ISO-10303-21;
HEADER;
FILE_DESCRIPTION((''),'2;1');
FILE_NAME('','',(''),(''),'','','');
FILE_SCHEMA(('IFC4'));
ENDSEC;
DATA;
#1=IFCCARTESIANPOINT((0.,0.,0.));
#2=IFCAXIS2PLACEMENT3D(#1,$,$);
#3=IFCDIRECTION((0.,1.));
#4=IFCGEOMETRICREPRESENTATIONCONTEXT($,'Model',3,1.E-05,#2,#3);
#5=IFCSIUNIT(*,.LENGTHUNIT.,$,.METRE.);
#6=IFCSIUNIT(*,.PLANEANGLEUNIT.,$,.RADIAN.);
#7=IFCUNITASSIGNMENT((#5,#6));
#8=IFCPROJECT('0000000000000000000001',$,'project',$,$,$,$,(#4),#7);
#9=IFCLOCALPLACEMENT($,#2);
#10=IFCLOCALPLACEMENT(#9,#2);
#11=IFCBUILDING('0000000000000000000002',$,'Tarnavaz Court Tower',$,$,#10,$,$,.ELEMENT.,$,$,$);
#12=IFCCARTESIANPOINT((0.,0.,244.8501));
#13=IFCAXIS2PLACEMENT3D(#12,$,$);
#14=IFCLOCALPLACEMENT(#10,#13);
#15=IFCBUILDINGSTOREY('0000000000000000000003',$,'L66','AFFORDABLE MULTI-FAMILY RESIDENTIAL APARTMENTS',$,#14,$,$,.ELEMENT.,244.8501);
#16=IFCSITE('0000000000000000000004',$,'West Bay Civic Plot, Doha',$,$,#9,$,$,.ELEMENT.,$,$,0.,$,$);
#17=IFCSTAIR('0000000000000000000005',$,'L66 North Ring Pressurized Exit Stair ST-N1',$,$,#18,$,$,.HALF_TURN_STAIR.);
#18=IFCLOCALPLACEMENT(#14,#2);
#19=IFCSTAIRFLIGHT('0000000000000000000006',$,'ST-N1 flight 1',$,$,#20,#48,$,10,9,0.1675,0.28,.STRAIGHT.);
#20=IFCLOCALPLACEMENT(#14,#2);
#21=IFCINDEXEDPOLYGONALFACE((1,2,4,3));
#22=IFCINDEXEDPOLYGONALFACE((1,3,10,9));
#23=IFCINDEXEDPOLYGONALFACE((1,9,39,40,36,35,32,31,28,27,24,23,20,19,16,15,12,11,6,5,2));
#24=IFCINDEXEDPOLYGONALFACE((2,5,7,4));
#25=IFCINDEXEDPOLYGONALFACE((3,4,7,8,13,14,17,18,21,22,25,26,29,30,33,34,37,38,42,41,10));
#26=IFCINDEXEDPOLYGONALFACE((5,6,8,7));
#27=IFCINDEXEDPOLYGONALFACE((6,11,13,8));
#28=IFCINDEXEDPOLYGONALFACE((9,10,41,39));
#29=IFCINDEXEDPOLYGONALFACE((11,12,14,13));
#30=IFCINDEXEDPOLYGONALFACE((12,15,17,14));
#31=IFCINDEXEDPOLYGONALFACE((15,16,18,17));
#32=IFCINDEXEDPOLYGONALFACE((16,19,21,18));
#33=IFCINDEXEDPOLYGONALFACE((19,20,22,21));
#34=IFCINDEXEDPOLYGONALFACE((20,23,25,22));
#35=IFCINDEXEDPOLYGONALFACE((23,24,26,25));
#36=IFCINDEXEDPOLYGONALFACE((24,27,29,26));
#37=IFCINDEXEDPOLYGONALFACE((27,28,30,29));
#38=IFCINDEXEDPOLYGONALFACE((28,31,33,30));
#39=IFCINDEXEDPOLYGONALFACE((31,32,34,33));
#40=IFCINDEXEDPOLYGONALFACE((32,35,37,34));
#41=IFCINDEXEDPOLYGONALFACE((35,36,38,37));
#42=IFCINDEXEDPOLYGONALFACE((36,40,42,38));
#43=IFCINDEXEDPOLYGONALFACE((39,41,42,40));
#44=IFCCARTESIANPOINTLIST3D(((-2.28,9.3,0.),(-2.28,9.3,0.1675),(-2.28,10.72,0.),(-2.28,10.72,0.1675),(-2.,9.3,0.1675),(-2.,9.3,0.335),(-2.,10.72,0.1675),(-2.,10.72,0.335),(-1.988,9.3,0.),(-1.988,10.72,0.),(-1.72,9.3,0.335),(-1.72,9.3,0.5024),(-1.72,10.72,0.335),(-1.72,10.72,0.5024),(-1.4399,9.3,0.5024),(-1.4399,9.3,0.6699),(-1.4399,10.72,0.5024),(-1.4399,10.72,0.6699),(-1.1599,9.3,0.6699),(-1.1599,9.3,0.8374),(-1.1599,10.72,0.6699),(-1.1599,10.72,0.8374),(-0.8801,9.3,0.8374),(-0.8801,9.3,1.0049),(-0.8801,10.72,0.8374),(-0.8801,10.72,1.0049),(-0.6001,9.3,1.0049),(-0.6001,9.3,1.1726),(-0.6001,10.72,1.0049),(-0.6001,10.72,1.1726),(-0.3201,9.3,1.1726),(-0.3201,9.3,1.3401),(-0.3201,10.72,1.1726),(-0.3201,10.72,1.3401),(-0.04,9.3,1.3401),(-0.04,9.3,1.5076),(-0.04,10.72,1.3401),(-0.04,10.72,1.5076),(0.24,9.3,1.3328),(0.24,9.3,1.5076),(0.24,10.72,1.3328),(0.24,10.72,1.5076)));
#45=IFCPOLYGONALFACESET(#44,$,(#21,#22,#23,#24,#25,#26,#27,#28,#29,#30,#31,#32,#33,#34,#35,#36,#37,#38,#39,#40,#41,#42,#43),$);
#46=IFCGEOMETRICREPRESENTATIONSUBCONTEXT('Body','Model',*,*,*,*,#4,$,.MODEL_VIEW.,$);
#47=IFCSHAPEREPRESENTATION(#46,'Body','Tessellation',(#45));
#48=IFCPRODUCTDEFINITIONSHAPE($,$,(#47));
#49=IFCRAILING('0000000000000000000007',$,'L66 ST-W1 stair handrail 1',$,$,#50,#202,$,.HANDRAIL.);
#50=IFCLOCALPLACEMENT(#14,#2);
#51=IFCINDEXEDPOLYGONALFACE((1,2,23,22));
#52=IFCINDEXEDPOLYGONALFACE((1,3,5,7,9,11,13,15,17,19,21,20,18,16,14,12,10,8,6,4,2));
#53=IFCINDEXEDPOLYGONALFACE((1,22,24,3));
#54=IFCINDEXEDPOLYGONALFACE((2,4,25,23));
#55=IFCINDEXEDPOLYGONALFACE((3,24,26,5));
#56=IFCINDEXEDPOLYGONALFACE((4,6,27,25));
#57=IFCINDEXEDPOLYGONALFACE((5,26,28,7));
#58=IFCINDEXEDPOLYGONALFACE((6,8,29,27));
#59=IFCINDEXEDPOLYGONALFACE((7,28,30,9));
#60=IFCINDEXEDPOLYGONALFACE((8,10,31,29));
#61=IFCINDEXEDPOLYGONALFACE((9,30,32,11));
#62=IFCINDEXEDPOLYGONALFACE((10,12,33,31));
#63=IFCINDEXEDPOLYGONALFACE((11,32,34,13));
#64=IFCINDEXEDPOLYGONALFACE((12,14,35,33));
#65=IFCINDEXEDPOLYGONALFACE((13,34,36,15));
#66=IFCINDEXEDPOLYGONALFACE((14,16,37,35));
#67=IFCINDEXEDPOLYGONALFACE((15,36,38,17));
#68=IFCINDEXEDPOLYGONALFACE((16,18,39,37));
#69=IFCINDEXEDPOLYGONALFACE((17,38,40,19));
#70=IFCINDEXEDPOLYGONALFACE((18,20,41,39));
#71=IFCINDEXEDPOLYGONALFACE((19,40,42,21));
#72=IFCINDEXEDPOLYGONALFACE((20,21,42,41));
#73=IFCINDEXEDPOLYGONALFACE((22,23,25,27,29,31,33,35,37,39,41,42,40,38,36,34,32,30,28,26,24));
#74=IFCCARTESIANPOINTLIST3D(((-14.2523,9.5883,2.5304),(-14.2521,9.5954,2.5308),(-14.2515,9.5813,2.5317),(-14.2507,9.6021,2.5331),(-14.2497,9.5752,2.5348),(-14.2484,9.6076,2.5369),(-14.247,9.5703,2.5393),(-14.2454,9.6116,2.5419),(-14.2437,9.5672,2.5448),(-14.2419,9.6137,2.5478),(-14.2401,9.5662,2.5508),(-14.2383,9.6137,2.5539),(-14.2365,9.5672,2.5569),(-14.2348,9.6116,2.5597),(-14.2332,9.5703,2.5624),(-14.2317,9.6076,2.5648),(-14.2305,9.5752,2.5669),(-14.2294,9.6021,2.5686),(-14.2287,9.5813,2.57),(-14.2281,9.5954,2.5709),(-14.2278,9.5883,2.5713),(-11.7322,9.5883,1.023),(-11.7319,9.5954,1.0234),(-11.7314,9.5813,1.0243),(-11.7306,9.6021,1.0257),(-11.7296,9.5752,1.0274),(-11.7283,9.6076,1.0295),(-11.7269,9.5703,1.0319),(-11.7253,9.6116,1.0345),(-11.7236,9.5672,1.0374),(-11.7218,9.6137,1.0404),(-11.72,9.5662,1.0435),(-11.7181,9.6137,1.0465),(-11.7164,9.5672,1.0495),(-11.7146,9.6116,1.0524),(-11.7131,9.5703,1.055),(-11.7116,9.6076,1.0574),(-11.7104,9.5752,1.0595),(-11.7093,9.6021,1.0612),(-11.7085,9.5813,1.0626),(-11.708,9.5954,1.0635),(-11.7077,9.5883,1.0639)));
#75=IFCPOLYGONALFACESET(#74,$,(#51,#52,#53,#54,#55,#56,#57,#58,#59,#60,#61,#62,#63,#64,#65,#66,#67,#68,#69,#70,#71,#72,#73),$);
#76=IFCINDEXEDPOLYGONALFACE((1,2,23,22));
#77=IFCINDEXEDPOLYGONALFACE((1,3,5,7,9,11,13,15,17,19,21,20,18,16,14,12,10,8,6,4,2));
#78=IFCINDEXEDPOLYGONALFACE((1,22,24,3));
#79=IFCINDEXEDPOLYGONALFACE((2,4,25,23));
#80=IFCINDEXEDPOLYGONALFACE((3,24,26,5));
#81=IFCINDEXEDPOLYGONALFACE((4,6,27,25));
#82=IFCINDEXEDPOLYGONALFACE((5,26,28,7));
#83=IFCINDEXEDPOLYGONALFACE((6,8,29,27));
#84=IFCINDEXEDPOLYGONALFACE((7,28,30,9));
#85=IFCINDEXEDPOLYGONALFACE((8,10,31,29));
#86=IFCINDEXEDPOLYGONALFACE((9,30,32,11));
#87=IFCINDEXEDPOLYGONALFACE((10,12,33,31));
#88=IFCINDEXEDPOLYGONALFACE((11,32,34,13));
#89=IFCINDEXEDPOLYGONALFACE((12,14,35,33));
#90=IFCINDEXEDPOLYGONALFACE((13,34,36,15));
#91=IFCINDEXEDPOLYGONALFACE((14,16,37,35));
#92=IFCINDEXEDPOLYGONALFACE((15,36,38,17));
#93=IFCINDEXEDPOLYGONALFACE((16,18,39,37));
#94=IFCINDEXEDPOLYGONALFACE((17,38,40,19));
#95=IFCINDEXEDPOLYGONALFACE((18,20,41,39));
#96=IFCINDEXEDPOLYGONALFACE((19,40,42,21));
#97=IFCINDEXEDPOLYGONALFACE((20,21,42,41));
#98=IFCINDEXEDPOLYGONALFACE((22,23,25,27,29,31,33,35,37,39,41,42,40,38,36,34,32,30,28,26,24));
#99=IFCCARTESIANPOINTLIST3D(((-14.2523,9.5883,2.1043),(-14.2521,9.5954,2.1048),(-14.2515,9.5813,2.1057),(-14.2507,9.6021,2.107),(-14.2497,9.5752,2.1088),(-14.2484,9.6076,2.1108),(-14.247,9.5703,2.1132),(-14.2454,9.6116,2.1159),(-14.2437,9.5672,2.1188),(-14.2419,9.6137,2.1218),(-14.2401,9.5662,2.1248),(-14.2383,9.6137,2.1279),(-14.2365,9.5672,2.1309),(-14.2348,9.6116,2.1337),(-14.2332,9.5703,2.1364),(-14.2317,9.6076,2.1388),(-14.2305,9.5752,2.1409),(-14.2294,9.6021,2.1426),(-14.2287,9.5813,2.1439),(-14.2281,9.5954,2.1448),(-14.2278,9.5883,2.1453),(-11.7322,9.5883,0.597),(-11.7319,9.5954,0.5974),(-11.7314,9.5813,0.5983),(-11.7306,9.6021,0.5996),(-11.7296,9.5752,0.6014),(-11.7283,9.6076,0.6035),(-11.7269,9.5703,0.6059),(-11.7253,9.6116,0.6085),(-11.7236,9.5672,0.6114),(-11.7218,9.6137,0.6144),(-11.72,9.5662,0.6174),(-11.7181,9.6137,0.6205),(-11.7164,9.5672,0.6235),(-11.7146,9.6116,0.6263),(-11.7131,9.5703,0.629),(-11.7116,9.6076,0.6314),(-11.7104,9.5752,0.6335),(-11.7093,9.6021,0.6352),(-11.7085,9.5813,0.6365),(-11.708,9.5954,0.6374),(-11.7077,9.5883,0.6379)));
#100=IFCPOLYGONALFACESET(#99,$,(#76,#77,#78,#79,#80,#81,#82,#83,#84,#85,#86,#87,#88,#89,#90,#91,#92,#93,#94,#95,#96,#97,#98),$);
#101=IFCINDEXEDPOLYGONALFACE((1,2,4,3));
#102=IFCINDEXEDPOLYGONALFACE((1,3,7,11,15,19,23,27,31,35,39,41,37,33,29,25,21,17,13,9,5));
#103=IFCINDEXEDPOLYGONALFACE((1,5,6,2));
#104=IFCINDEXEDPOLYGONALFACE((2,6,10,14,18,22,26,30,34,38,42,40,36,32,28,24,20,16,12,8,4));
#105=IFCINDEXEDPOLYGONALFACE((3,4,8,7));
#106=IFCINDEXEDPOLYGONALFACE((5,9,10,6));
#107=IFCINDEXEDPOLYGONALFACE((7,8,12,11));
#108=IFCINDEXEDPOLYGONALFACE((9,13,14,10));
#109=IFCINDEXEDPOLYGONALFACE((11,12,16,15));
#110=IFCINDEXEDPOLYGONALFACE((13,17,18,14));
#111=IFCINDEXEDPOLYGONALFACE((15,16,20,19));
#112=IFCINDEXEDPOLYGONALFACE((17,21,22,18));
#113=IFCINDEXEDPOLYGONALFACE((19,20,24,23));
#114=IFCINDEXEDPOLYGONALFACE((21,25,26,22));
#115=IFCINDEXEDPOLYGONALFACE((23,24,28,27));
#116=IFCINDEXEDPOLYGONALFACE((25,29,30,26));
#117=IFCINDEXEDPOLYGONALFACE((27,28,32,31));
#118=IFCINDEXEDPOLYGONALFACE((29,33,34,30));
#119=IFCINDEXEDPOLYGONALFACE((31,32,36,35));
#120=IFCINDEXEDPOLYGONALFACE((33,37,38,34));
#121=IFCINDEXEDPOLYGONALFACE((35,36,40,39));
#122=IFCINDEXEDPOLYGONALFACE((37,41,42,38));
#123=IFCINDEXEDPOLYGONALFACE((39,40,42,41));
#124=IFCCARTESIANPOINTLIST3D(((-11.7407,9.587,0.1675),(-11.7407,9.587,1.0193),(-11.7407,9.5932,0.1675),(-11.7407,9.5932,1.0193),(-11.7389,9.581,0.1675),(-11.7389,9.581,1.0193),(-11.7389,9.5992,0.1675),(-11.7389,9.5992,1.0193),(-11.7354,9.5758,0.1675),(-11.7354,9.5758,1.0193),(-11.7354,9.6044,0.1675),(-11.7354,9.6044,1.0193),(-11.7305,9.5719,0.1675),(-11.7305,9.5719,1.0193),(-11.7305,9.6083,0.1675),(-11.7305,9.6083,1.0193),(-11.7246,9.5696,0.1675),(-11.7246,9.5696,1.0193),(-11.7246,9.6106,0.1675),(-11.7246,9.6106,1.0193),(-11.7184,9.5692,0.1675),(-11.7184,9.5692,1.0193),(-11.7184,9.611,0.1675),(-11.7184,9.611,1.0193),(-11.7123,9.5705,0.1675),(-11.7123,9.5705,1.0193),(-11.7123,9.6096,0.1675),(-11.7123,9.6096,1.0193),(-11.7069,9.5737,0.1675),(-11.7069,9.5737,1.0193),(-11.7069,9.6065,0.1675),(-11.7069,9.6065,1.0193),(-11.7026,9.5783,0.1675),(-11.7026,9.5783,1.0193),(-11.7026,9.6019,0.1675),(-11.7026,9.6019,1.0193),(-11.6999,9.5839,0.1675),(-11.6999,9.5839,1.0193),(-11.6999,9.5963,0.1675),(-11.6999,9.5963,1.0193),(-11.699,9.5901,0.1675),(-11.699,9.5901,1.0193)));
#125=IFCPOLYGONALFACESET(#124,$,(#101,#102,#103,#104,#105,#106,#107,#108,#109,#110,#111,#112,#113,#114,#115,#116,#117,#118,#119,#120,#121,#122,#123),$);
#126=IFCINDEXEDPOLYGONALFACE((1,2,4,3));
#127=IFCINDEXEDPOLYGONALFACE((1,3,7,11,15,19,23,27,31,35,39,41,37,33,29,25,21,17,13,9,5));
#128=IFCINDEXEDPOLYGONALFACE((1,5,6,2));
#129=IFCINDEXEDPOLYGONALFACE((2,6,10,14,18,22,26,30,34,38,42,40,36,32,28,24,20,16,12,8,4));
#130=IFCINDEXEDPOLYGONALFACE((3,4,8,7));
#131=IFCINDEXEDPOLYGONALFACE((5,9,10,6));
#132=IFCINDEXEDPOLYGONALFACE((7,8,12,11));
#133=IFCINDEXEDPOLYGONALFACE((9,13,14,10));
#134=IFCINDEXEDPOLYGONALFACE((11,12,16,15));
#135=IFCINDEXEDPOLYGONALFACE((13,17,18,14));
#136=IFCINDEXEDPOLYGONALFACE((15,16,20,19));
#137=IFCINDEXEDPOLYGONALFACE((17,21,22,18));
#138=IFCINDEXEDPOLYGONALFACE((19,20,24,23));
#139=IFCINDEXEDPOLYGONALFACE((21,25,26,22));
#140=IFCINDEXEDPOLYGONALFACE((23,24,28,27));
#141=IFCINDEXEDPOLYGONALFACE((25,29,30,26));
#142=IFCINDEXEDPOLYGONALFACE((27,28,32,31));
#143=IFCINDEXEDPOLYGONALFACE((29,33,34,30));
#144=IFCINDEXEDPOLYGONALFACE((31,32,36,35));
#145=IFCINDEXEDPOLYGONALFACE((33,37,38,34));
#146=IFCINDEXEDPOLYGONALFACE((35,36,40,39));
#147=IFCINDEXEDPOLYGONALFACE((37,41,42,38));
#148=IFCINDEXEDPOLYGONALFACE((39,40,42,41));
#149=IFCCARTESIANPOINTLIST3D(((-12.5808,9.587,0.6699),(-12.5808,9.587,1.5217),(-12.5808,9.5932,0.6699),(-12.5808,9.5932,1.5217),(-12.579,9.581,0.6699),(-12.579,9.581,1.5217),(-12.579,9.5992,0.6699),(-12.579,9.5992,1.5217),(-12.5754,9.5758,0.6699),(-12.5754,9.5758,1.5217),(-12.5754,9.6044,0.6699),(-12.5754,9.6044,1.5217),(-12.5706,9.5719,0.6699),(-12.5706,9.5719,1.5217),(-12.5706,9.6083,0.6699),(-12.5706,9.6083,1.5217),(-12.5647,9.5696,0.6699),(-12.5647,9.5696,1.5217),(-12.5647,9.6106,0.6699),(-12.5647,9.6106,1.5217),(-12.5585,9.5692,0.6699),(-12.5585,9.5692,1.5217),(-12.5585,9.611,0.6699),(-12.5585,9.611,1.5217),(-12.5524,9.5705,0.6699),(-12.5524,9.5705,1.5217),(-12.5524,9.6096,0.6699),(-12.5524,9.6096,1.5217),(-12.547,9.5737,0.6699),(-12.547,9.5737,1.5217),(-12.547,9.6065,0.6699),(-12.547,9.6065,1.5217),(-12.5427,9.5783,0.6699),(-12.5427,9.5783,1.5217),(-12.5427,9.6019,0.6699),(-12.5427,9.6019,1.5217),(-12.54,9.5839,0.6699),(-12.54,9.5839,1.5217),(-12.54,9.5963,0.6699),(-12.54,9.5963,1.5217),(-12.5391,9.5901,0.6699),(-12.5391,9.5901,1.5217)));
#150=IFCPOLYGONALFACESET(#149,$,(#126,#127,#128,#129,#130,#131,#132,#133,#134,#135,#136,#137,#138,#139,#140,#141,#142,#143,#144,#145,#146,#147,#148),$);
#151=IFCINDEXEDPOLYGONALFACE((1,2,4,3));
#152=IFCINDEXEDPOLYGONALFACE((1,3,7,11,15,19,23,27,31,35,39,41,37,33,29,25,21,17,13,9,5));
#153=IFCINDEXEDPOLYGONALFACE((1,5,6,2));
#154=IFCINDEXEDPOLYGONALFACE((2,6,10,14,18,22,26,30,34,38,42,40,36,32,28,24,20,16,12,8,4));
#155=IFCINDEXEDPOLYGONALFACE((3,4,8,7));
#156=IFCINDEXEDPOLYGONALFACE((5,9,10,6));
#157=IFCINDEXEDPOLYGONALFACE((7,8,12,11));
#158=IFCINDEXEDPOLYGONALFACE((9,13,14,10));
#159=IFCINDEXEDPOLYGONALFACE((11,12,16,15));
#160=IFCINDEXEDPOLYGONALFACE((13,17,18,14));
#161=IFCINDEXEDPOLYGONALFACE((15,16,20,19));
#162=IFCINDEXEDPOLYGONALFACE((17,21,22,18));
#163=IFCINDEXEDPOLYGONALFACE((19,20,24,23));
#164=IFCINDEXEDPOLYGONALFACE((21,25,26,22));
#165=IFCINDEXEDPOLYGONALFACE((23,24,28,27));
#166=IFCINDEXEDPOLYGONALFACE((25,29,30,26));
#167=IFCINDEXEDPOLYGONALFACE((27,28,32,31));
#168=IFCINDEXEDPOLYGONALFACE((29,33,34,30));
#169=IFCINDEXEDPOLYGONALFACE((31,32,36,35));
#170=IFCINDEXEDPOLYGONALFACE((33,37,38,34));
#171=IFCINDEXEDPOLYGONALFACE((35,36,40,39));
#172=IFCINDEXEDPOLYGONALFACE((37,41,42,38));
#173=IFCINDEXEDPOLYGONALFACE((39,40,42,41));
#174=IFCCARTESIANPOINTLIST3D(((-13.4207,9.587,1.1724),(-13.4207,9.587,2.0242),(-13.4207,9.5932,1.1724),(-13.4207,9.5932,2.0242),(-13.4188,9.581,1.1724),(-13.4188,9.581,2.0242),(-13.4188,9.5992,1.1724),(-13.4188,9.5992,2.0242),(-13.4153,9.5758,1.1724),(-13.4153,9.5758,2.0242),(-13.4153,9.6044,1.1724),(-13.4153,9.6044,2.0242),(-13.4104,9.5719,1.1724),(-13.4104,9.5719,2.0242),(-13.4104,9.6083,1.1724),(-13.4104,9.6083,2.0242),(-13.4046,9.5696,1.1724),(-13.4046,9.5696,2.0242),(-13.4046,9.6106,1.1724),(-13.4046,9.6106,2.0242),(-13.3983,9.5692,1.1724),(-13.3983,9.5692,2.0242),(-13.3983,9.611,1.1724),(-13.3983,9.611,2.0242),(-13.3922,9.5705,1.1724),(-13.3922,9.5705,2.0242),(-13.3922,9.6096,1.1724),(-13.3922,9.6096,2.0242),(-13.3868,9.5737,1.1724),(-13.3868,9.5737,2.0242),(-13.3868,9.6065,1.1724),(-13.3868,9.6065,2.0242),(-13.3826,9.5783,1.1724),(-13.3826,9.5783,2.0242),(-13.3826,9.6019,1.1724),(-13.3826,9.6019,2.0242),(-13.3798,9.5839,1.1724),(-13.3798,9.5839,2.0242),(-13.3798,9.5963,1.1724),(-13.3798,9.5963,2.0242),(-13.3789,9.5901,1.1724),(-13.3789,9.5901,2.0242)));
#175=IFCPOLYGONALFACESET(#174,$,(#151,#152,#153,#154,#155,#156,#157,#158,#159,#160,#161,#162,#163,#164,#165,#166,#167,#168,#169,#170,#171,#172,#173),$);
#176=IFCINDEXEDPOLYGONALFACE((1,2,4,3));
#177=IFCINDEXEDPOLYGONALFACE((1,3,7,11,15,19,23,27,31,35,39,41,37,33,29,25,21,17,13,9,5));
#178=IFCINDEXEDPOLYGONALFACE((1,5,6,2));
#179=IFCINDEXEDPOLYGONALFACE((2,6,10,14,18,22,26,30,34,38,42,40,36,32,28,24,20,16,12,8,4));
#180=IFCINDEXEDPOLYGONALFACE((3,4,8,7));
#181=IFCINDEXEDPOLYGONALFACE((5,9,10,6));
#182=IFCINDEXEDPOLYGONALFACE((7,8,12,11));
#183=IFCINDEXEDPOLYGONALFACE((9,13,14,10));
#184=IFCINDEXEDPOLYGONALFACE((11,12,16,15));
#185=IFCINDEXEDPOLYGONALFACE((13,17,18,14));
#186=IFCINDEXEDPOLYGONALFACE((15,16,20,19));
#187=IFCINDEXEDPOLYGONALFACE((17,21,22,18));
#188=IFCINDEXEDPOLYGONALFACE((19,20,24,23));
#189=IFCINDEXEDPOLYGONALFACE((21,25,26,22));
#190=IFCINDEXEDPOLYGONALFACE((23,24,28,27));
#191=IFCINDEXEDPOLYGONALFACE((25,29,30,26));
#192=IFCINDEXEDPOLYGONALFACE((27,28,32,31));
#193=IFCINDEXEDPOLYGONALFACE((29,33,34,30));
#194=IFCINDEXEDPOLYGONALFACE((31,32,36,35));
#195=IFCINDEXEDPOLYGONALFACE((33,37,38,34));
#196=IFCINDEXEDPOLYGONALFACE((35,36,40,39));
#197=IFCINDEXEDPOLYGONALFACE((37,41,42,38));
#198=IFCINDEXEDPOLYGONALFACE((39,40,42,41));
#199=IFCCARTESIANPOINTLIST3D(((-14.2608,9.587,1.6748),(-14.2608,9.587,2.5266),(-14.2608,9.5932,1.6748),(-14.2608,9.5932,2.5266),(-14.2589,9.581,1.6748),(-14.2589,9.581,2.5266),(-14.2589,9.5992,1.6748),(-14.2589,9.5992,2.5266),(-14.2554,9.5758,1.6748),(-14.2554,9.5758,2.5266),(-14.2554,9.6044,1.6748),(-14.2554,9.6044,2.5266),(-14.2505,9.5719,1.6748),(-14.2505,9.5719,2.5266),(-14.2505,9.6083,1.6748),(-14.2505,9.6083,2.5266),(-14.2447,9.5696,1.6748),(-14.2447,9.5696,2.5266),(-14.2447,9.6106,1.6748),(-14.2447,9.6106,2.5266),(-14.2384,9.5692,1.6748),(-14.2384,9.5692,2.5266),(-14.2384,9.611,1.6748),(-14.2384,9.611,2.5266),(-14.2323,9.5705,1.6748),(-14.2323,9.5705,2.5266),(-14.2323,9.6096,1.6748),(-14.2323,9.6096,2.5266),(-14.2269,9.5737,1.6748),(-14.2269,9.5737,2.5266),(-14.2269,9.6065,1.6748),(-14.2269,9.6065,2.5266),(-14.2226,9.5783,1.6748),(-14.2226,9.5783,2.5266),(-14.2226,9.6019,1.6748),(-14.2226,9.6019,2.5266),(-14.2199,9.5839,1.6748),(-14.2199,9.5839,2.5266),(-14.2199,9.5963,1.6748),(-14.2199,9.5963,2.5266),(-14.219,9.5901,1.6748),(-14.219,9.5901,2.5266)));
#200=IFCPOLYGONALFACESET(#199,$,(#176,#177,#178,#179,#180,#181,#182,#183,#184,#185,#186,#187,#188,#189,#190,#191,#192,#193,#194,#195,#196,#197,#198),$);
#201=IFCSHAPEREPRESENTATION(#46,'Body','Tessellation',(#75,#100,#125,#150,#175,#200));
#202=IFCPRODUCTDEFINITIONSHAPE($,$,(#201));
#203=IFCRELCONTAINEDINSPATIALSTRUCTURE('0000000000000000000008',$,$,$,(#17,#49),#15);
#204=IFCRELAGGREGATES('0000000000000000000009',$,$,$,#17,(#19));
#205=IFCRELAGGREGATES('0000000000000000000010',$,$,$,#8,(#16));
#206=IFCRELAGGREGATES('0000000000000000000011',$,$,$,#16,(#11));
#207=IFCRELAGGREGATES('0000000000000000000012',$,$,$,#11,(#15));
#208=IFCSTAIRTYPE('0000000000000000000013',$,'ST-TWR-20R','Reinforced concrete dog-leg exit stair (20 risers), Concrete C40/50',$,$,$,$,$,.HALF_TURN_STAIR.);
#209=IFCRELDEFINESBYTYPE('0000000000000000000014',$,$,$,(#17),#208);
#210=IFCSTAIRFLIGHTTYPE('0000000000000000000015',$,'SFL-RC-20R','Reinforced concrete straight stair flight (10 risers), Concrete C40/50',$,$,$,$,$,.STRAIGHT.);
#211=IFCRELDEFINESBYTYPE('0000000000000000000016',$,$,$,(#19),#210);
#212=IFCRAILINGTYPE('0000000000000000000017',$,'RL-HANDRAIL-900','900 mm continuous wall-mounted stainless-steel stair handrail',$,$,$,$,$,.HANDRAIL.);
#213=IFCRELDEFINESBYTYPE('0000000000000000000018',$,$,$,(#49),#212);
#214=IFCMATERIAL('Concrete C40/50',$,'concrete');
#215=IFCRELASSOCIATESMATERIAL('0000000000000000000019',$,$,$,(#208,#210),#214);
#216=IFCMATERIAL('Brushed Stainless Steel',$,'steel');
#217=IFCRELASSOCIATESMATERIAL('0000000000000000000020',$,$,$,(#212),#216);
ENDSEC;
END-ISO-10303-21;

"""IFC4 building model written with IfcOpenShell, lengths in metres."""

from ifc_helpers import new_model, si_unit, direction, frame, origin, origin_2d, place, context, subcontext, project, spatial, polyline, circle, outline, extrude, material, type_object, element, aggregate, save


model = new_model("IFC4")

# Units and contexts
model_context = context("Model", 3, precision=1e-05, world=origin(), true_north=direction((0.0, 1.0)))
body_context = subcontext(model_context, "Body", "Model", "MODEL_VIEW")
ifc_project = project(units=[si_unit("LENGTHUNIT", "METRE"), si_unit("PLANEANGLEUNIT", "RADIAN")], contexts=[model_context])

# Site, building, storey
site_placement = place(None, origin())
site = spatial("IfcSite", under=ifc_project, at=site_placement, Name="West Bay Civic Plot, Doha", CompositionType="ELEMENT", RefElevation=0.0)
building_placement = place(site_placement, origin())
building = spatial("IfcBuilding", under=site, at=building_placement, Name="Tarnavaz Court Tower", CompositionType="ELEMENT")
storey_placement = place(building_placement, frame((0.0, 0.0, 244.8501)))
storey = spatial("IfcBuildingStorey", under=building, at=storey_placement, Name="L66", Description="AFFORDABLE MULTI-FAMILY RESIDENTIAL APARTMENTS", CompositionType="ELEMENT", Elevation=244.8501)

# Stair, stair flight
ifc_material_1 = material(Name="Concrete C40/50", Category="concrete")
stair_type = type_object("IfcStairType", Name="ST-TWR-20R", Description="Reinforced concrete dog-leg exit stair (20 risers), Concrete C40/50", PredefinedType="HALF_TURN_STAIR", material=ifc_material_1)
stair_flight_type = type_object("IfcStairFlightType", Name="SFL-RC-20R", Description="Reinforced concrete straight stair flight (10 risers), Concrete C40/50", PredefinedType="STRAIGHT", material=ifc_material_1)
stair_1_placement = place(storey_placement, origin())
stair_1 = element("IfcStair", 1, at=stair_1_placement, inside=storey, type_object=stair_type, Name="L66 North Ring Pressurized Exit Stair ST-N1", PredefinedType="HALF_TURN_STAIR")
stair_flight_1_placement = place(storey_placement, frame((-2.28, 10.01, 0.0), z_axis=(0.0, 0.0, 1.0), x_axis=(1.0, 0.0, 0.0)))
stair_flight_1 = element("IfcStairFlight", 2, at=stair_flight_1_placement, type_object=stair_flight_type, Name="ST-N1 flight 1", NumberOfRisers=10, NumberOfTreads=9, PredefinedType="STRAIGHT", RiserHeight=0.1675, TreadLength=0.28, context=body_context, shape_type="SweptSolid", body=[
    extrude(outline(polyline([(0.0, 0.0), (0.0, 0.1675), (0.28, 0.1675), (0.28, 0.335), (0.5601, 0.335), (0.5601, 0.5024), (0.8401, 0.5024), (0.8401, 0.6699), (1.1201, 0.6699), (1.1201, 0.8374), (1.3999, 0.8374), (1.3999, 1.0049), (1.6799, 1.0049), (1.6799, 1.1726), (1.96, 1.1726), (1.96, 1.3401), (2.24, 1.3401), (2.24, 1.5076), (2.52, 1.5076), (2.52, 1.675), (2.52, 1.3328), (0.292, 0.0), (0.0, 0.0)])), frame((0.0, 0.71, 0.0), z_axis=(0.0, -1.0, 0.0), x_axis=(1.0, 0.0, 0.0)), (0.0, 0.0, 1.0), 1.4199),
])
aggregate(stair_1, [stair_flight_1])

# Railing
ifc_material_2 = material(Name="Brushed Stainless Steel", Category="steel")
railing_type_1 = type_object("IfcRailingType", Name="RL-HANDRAIL-900", Description="900 mm continuous wall-mounted stainless-steel stair handrail", PredefinedType="HANDRAIL", material=ifc_material_2)
railing_1_placement = place(storey_placement, frame((-11.72, 9.5901, 0.1675)))
element("IfcRailing", 3, at=railing_1_placement, inside=storey, type_object=railing_type_1, Name="L66 ST-W1 stair handrail 1", PredefinedType="HANDRAIL", context=body_context, shape_type="SweptSolid", body=[
    extrude(circle(Radius=0.0239, at=origin_2d()), frame((0.0, 0.0, 0.876), z_axis=(-0.858196, 0.0, 0.513321), x_axis=(0.0, -1.0, 0.0)), (0.0, 0.0, 1.0), 2.9365),
    extrude(circle(Radius=0.0239, at=origin_2d()), frame((0.0, 0.0, 0.45), z_axis=(-0.858196, 0.0, 0.513321), x_axis=(0.0, -1.0, 0.0)), (0.0, 0.0, 1.0), 2.9365),
    extrude(circle(Radius=0.021, at=origin_2d()), origin(), (0.0, 0.0, 1.0), 0.8518),
    extrude(circle(Radius=0.021, at=origin_2d()), frame((-0.8401, 0.0, 0.5024)), (0.0, 0.0, 1.0), 0.8518),
    extrude(circle(Radius=0.021, at=origin_2d()), frame((-1.6799, 0.0, 1.0049)), (0.0, 0.0, 1.0), 0.8518),
    extrude(circle(Radius=0.021, at=origin_2d()), frame((-2.52, 0.0, 1.5073)), (0.0, 0.0, 1.0), 0.8518),
])

save(model, "model.ifc")
